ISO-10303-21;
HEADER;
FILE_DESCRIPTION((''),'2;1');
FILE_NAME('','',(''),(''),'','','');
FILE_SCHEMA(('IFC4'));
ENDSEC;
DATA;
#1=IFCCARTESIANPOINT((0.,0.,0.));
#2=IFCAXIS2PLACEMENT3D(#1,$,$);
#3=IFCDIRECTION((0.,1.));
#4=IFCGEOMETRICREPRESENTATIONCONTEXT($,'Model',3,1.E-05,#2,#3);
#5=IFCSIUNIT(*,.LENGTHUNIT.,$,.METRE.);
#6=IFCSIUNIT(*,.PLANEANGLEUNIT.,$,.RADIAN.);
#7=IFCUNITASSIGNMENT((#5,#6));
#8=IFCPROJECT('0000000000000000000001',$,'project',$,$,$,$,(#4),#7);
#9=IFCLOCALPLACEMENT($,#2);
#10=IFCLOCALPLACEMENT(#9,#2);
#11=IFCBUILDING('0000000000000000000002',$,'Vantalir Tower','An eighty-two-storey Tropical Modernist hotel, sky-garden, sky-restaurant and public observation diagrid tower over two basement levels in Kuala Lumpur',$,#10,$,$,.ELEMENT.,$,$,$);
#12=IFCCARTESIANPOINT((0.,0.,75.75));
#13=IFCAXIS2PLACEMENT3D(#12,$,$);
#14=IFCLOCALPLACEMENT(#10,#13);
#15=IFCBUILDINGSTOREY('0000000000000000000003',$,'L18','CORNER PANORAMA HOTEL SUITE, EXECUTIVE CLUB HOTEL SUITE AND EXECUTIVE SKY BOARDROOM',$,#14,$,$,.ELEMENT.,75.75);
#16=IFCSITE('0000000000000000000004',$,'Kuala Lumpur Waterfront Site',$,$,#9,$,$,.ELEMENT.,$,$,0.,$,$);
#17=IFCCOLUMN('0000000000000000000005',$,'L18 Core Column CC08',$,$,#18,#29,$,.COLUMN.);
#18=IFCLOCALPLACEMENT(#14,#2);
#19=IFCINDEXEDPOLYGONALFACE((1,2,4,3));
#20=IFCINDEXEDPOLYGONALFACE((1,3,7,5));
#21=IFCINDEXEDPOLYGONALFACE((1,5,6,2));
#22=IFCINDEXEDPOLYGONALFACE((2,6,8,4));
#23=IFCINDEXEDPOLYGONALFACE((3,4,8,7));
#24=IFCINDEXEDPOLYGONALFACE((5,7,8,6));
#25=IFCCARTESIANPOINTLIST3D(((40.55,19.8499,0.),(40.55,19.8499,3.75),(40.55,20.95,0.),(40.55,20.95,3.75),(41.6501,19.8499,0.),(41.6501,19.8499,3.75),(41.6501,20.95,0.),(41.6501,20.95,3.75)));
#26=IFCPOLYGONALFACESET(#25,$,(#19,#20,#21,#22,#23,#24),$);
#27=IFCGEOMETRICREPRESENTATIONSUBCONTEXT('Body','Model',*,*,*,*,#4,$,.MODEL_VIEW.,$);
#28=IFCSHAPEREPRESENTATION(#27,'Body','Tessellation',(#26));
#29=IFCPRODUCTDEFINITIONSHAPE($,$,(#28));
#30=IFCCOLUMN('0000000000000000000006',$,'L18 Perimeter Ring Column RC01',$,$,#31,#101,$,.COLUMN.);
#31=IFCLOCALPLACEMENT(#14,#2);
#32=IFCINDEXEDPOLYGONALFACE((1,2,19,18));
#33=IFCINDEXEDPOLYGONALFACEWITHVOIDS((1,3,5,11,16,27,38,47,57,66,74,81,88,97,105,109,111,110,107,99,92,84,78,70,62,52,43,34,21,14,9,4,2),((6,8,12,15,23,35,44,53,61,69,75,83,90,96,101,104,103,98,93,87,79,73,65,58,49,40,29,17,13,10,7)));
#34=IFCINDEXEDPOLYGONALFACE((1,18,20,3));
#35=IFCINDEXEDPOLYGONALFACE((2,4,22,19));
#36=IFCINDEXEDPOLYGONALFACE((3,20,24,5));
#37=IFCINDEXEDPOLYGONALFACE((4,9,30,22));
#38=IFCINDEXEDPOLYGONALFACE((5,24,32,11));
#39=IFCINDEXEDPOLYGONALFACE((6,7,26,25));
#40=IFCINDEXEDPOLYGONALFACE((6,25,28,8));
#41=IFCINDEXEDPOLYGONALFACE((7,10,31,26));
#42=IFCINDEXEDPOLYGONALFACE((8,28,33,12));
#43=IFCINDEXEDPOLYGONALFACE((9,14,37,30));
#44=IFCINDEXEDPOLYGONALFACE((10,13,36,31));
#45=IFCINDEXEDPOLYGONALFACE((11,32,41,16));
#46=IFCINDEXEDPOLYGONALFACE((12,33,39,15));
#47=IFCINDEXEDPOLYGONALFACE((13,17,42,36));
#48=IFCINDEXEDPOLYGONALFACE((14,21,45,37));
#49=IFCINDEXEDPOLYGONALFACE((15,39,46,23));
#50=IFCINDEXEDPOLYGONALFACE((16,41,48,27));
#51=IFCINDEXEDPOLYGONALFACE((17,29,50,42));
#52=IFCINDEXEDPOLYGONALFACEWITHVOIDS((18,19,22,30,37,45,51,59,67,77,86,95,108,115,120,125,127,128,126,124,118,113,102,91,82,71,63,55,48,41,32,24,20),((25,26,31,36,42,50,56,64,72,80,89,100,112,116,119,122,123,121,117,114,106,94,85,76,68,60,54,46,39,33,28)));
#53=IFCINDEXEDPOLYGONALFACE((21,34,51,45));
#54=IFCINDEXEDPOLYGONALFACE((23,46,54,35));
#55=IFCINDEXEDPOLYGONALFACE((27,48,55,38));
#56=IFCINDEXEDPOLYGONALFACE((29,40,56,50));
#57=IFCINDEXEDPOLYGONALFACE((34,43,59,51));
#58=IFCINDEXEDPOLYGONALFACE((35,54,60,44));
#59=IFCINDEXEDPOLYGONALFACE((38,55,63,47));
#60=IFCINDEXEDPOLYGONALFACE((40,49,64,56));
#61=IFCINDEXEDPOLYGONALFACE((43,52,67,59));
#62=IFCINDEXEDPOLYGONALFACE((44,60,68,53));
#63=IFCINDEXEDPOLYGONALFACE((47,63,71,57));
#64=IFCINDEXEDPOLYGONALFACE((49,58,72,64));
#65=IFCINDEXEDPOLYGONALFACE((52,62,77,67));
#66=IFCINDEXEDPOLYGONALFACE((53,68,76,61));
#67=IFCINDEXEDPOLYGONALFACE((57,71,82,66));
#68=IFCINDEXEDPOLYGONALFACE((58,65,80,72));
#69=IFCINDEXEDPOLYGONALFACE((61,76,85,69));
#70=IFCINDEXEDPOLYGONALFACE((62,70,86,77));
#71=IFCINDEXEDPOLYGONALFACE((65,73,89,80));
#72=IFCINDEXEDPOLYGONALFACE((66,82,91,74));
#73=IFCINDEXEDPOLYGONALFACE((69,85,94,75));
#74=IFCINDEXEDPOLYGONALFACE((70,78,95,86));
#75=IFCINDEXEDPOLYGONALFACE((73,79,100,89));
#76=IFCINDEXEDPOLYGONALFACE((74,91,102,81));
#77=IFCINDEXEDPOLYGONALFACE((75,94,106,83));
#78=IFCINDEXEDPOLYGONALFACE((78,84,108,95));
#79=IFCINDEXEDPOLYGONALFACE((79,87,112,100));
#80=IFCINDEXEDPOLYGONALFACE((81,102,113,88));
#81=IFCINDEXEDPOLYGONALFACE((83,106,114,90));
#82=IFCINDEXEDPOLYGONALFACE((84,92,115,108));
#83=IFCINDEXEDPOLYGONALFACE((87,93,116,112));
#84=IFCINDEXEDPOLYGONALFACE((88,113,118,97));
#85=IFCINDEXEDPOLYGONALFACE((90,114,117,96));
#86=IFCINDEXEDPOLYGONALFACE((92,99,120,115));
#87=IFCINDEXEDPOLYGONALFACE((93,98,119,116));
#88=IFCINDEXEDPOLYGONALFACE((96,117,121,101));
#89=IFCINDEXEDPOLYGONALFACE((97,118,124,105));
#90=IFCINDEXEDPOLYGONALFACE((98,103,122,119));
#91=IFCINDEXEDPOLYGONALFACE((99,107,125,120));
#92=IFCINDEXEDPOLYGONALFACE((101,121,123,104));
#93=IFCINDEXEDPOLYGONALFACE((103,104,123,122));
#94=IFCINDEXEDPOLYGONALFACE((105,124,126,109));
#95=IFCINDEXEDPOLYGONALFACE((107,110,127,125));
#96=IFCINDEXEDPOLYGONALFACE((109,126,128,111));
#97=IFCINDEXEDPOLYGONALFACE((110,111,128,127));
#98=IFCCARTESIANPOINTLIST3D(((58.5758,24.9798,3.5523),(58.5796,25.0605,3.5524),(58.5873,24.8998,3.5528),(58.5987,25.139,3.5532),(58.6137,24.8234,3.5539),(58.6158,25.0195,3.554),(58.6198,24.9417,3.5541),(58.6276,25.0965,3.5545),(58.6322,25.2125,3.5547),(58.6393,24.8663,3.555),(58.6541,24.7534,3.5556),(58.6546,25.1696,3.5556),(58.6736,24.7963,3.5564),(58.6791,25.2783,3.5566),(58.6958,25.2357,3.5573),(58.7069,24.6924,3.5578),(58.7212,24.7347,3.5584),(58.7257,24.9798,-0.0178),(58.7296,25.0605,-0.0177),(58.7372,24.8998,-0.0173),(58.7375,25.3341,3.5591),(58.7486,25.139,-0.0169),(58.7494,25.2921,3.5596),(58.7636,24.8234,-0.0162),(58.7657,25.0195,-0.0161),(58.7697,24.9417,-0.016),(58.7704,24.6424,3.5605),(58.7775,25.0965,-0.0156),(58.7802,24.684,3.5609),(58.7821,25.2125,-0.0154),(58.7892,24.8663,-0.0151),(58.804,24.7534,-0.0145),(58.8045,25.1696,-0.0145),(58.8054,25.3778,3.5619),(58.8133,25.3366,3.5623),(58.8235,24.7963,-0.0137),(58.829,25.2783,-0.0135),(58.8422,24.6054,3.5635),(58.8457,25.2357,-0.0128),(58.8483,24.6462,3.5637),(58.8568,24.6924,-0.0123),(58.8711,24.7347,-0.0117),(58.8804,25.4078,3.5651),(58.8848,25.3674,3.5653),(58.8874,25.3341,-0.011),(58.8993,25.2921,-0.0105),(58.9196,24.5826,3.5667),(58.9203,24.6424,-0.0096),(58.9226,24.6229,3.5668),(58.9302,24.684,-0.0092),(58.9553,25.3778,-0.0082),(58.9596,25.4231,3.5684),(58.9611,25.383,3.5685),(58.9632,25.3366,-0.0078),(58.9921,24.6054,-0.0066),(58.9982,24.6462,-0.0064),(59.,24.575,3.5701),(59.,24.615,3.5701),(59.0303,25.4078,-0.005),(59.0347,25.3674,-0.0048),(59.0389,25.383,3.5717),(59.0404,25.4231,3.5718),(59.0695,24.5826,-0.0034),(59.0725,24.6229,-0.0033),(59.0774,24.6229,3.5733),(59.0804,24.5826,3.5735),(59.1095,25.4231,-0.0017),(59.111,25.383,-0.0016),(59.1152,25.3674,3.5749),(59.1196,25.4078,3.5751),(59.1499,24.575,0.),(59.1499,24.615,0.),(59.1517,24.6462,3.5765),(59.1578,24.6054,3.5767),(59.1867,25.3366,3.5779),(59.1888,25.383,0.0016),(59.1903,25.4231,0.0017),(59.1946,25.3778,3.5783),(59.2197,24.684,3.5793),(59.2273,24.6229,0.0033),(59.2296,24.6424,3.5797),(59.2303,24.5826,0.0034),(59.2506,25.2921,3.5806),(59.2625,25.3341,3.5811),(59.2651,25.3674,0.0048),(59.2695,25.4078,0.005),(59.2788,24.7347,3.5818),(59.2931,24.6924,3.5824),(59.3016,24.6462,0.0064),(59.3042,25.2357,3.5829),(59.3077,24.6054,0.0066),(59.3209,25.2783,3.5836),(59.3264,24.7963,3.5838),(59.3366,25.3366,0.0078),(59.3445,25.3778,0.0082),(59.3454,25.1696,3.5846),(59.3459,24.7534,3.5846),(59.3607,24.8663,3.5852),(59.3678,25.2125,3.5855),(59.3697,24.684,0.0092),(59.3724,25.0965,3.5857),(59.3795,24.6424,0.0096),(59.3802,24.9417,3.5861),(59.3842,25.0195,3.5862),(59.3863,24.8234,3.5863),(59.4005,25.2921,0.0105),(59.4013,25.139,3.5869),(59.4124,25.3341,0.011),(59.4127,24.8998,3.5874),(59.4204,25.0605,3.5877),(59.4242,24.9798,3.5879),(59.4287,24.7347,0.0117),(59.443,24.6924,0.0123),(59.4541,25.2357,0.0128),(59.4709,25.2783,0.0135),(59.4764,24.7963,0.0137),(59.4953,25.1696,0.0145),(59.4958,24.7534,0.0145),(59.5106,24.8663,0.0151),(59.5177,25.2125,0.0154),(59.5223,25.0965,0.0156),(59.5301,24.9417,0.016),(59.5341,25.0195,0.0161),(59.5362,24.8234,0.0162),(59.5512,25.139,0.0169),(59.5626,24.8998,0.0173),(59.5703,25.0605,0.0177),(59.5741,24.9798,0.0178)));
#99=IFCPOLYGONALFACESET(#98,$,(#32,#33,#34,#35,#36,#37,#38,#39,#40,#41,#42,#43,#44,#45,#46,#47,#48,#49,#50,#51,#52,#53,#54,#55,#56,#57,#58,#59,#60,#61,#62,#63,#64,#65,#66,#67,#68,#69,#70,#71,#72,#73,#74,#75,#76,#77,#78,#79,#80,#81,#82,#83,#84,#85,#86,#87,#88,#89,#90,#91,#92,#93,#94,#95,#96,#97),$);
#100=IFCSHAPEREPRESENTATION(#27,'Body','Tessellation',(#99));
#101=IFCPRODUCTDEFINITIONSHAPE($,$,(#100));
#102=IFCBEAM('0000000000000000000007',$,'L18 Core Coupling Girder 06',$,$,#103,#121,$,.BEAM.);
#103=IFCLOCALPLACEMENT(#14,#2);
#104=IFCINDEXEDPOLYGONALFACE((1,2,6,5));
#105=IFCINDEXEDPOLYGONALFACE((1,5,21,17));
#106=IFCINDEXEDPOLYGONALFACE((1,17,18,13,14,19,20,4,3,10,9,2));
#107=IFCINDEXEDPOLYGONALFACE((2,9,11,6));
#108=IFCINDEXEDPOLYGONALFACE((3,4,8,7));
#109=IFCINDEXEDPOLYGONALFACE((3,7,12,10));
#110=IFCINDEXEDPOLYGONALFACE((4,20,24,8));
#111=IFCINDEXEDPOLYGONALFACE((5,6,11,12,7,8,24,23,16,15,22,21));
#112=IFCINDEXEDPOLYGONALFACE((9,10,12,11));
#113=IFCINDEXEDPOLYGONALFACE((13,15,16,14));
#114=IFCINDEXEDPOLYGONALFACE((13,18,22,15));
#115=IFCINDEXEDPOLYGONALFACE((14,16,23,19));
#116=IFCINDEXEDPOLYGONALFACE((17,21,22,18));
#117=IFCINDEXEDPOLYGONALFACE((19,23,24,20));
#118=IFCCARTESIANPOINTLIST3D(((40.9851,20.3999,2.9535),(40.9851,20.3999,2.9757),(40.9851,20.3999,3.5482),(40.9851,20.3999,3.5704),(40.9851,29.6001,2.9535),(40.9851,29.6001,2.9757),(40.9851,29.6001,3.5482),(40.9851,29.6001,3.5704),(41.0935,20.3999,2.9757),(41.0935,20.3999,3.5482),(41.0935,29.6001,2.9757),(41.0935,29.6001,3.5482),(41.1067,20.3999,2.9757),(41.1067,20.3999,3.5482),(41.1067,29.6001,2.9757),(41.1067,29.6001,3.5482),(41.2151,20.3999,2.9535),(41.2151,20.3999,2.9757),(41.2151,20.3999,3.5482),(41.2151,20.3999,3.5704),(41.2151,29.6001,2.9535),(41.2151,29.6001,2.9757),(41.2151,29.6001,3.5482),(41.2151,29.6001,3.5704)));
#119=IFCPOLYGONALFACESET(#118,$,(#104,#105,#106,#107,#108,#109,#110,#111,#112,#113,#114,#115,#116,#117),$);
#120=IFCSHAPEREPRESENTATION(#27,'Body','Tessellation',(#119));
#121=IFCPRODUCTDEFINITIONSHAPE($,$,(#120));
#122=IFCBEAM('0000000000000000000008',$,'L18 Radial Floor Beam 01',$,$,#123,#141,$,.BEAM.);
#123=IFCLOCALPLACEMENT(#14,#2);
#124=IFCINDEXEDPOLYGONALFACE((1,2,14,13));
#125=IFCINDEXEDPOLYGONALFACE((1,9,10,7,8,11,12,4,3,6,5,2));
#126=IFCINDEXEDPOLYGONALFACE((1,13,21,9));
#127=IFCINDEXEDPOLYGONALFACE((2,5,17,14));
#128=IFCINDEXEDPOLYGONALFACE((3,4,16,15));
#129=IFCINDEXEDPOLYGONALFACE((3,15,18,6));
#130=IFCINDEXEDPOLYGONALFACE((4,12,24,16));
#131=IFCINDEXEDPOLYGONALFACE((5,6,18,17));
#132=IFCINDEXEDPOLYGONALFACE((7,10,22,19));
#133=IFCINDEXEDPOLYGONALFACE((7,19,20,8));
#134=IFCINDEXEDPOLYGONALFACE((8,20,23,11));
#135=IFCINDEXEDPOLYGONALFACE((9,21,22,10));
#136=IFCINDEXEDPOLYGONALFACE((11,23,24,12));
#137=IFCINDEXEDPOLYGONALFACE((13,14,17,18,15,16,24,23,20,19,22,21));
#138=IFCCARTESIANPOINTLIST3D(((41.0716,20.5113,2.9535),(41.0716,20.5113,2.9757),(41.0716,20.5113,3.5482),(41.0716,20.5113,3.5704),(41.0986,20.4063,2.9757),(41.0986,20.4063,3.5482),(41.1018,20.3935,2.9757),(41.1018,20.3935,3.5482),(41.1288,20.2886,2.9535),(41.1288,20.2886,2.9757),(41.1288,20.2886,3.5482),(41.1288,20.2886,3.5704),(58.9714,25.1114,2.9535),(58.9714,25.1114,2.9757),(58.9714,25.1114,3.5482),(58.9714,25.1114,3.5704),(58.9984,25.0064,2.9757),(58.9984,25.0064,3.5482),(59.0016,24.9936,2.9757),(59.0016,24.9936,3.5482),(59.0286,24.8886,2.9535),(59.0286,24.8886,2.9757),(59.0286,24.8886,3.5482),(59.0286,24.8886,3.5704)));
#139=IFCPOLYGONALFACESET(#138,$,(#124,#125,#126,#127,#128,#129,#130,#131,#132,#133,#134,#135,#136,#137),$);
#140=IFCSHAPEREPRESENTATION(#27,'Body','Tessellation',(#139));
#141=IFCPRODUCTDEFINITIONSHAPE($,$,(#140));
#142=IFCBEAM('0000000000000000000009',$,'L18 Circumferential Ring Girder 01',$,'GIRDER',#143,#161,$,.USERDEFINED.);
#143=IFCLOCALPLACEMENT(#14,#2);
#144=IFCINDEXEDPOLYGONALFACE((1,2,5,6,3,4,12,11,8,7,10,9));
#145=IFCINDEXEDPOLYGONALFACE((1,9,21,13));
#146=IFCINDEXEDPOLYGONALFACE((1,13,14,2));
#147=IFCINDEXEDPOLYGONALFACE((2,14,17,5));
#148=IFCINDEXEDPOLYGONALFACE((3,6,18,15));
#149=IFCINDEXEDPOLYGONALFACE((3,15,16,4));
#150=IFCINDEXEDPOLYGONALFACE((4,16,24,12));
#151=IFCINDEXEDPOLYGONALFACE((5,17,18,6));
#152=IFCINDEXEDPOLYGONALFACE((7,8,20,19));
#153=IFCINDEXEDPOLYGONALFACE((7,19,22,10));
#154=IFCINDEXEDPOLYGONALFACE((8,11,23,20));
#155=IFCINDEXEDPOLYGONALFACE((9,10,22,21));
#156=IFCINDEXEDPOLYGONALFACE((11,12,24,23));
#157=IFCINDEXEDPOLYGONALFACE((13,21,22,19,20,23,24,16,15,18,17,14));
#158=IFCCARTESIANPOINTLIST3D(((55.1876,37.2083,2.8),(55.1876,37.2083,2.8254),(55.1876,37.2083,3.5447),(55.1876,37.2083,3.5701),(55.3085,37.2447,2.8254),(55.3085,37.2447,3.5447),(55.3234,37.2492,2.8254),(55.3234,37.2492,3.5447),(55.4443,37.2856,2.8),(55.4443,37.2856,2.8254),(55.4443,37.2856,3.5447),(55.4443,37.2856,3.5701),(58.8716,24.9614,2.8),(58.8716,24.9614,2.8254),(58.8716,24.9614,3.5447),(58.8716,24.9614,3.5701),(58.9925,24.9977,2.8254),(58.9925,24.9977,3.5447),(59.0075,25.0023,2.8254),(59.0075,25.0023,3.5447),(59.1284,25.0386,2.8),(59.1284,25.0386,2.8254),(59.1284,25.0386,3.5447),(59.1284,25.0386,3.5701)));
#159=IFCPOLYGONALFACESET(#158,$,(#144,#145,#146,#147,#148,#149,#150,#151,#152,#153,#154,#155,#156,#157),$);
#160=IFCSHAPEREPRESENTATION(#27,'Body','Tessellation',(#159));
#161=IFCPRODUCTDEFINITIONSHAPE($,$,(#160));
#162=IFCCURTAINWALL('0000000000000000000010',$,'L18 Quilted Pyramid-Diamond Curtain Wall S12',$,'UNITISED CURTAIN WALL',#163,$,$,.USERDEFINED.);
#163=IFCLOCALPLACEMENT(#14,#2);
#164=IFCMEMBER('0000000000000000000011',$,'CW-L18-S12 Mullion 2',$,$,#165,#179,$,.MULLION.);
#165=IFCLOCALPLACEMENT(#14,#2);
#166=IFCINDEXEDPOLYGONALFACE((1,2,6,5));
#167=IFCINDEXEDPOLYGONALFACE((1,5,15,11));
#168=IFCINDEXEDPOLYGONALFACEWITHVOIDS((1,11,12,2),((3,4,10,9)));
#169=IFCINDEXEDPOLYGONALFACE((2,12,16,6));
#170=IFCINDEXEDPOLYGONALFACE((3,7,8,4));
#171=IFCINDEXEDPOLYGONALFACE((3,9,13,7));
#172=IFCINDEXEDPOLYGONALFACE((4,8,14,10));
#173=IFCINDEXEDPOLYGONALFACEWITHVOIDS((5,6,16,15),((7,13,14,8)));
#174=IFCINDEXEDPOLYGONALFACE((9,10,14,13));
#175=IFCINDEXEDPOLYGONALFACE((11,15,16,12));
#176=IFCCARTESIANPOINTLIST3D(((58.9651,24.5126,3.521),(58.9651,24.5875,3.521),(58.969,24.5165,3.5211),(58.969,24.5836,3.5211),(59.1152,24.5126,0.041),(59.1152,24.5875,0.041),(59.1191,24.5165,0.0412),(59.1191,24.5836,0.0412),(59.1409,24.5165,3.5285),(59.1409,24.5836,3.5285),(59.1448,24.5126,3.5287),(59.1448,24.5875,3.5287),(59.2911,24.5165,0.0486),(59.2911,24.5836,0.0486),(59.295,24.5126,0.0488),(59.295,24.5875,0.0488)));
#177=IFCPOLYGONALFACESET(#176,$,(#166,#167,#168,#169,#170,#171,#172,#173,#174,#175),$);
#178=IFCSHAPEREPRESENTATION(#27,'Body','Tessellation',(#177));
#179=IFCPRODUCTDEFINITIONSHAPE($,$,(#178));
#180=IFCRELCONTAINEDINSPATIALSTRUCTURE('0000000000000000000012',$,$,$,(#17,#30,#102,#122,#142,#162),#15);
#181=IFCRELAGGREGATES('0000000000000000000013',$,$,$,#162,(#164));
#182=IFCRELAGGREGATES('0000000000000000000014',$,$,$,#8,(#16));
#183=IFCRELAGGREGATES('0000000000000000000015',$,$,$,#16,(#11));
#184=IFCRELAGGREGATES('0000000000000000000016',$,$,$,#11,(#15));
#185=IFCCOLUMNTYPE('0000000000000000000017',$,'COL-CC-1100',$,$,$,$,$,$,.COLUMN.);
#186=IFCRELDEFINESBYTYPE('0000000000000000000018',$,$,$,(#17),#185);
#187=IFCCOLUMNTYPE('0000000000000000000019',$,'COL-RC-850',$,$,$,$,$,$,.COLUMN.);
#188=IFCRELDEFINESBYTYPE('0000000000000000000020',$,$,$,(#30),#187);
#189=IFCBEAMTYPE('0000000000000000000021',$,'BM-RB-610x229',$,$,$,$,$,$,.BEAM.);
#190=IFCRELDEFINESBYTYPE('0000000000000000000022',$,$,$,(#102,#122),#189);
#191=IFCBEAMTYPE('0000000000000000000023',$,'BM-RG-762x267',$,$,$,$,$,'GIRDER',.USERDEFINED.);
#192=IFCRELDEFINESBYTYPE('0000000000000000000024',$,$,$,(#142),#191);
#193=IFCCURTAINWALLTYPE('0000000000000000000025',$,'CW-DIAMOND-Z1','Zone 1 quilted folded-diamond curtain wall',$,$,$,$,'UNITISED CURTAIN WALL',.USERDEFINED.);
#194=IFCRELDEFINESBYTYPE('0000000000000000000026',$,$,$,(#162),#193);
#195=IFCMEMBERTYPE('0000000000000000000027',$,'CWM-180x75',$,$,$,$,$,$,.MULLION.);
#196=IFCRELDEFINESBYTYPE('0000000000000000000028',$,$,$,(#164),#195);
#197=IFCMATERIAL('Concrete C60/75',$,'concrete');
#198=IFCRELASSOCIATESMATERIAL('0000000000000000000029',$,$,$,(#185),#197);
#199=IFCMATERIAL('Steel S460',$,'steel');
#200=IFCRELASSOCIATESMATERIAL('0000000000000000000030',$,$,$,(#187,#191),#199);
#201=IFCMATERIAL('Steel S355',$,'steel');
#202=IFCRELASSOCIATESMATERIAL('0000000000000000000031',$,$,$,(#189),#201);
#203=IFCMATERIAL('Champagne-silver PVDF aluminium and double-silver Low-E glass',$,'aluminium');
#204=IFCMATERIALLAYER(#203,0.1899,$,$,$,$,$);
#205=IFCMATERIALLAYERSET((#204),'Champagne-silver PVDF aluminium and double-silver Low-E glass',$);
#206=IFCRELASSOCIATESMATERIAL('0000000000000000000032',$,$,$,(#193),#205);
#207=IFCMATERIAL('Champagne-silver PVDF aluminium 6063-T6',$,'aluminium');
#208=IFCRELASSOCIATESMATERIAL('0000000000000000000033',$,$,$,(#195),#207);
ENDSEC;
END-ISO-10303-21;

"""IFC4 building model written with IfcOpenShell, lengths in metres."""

from ifc_helpers import new_model, si_unit, direction, frame, origin, origin_2d, place, context, subcontext, project, spatial, rectangle, hollow_rectangle, hollow_circle, i_section, extrude, material, layer, layer_set, material_profile, profile_set, type_object, element, aggregate, save


model = new_model("IFC4")

# Units and contexts
model_context = context("Model", 3, precision=1e-05, world=origin(), true_north=direction((0.0, 1.0)))
body_context = subcontext(model_context, "Body", "Model", "MODEL_VIEW")
ifc_project = project(units=[si_unit("LENGTHUNIT", "METRE"), si_unit("PLANEANGLEUNIT", "RADIAN")], contexts=[model_context])

# Site, building, storey
site_placement = place(None, origin())
site = spatial("IfcSite", under=ifc_project, at=site_placement, Name="Kuala Lumpur Waterfront Site", CompositionType="ELEMENT", RefElevation=0.0)
building_placement = place(site_placement, origin())
building = spatial("IfcBuilding", under=site, at=building_placement, Name="Vantalir Tower", Description="An eighty-two-storey Tropical Modernist hotel, sky-garden, sky-restaurant and public observation diagrid tower over two basement levels in Kuala Lumpur", CompositionType="ELEMENT")
storey_placement = place(building_placement, frame((0.0, 0.0, 75.75)))
storey = spatial("IfcBuildingStorey", under=building, at=storey_placement, Name="L18", Description="CORNER PANORAMA HOTEL SUITE, EXECUTIVE CLUB HOTEL SUITE AND EXECUTIVE SKY BOARDROOM", CompositionType="ELEMENT", Elevation=75.75)

# Columns
ifc_material_1 = material(Name="Concrete C60/75", Category="concrete")
ifc_material_profile_1 = material_profile(ifc_material_1, rectangle(XDim=1.1001, YDim=1.1001, at=origin_2d()), Name="Concrete C60/75")
ifc_profile_set_1 = profile_set([ifc_material_profile_1], Name="Concrete C60/75")
column_type_1 = type_object("IfcColumnType", Name="COL-CC-1100", PredefinedType="COLUMN", material=ifc_profile_set_1)
column_1_placement = place(storey_placement, frame((41.1001, 20.3999, 0.0), z_axis=(0.0, 0.0, 1.0), x_axis=(1.0, 0.0, 0.0)))
element("IfcColumn", 1, at=column_1_placement, inside=storey, type_object=column_type_1, Name="L18 Core Column CC08", PredefinedType="COLUMN", context=body_context, shape_type="SweptSolid", body=[
    extrude(rectangle(XDim=1.1001, YDim=1.1001, at=origin_2d()), origin(), (0.0, 0.0, 1.0), 3.75),
])
ifc_material_2 = material(Name="Steel S460", Category="steel")
ifc_material_profile_2 = material_profile(ifc_material_2, hollow_circle(Radius=0.425, WallThickness=0.04, at=origin_2d()), Name="Steel S460")
ifc_profile_set_2 = profile_set([ifc_material_profile_2], Name="Steel S460")
column_type_2 = type_object("IfcColumnType", Name="COL-RC-850", PredefinedType="COLUMN", material=ifc_profile_set_2)
column_2_placement = place(storey_placement, frame((59.1499, 25.0, 0.0), z_axis=(-0.041952, 0.0, 0.99912), x_axis=(0.0, -1.0, 0.0)))
element("IfcColumn", 2, at=column_2_placement, inside=storey, type_object=column_type_2, Name="L18 Perimeter Ring Column RC01", PredefinedType="COLUMN", context=body_context, shape_type="SweptSolid", body=[
    extrude(hollow_circle(Radius=0.425, WallThickness=0.04, at=origin_2d()), origin(), (0.0, 0.0, 1.0), 3.5732),
])

# Beams
ifc_material_3 = material(Name="Steel S355", Category="steel")
ifc_material_profile_3 = material_profile(ifc_material_3, i_section(OverallWidth=0.23, OverallDepth=0.6169, WebThickness=0.0132, FlangeThickness=0.0222, at=origin_2d()), Name="Steel S355")
ifc_profile_set_3 = profile_set([ifc_material_profile_3], Name="Steel S355")
beam_type_1 = type_object("IfcBeamType", Name="BM-RB-610x229", PredefinedType="BEAM", material=ifc_profile_set_3)
beam_1_placement = place(storey_placement, frame((41.1001, 20.3999, 3.262), z_axis=(0.0, 1.0, 0.0), x_axis=(-1.0, 0.0, 0.0)))
element("IfcBeam", 3, at=beam_1_placement, inside=storey, type_object=beam_type_1, Name="L18 Core Coupling Girder 06", PredefinedType="BEAM", context=body_context, shape_type="SweptSolid", body=[
    extrude(i_section(OverallWidth=0.23, OverallDepth=0.6169, WebThickness=0.0132, FlangeThickness=0.0222, at=origin_2d()), origin(), (0.0, 0.0, 1.0), 9.2002),
])
beam_2_placement = place(storey_placement, frame((59.0, 25.0, 3.262), z_axis=(-0.968529, -0.248902, 0.0), x_axis=(0.248902, -0.968529, 0.0)))
element("IfcBeam", 4, at=beam_2_placement, inside=storey, type_object=beam_type_1, Name="L18 Radial Floor Beam 01", PredefinedType="BEAM", context=body_context, shape_type="SweptSolid", body=[
    extrude(i_section(OverallWidth=0.23, OverallDepth=0.6169, WebThickness=0.0132, FlangeThickness=0.0222, at=origin_2d()), origin(), (0.0, 0.0, 1.0), 18.4814),
])
ifc_material_profile_4 = material_profile(ifc_material_2, i_section(OverallWidth=0.2681, OverallDepth=0.77, WebThickness=0.0156, FlangeThickness=0.0254, at=origin_2d()), Name="Steel S460")
ifc_profile_set_4 = profile_set([ifc_material_profile_4], Name="Steel S460")
beam_type_2 = type_object("IfcBeamType", Name="BM-RG-762x267", ElementType="GIRDER", PredefinedType="USERDEFINED", material=ifc_profile_set_4)
beam_3_placement = place(storey_placement, frame((59.0, 25.0, 3.1851), z_axis=(-0.288062, 0.957612, 0.0), x_axis=(-0.957612, -0.288062, 0.0)))
element("IfcBeam", 5, at=beam_3_placement, inside=storey, type_object=beam_type_2, Name="L18 Circumferential Ring Girder 01", ObjectType="GIRDER", PredefinedType="USERDEFINED", context=body_context, shape_type="SweptSolid", body=[
    extrude(i_section(OverallWidth=0.2681, OverallDepth=0.77, WebThickness=0.0156, FlangeThickness=0.0254, at=origin_2d()), origin(), (0.0, 0.0, 1.0), 12.7891),
])

# Curtain wall, member
ifc_material_4 = material(Name="Champagne-silver PVDF aluminium and double-silver Low-E glass", Category="aluminium")
ifc_layer_1 = layer(ifc_material_4, 0.1899)
ifc_layer_set_1 = layer_set([ifc_layer_1], Name="Champagne-silver PVDF aluminium and double-silver Low-E glass")
curtain_wall_type = type_object("IfcCurtainWallType", Name="CW-DIAMOND-Z1", Description="Zone 1 quilted folded-diamond curtain wall", ElementType="UNITISED CURTAIN WALL", PredefinedType="USERDEFINED", material=ifc_layer_set_1)
curtain_wall_placement = place(storey_placement, origin())
curtain_wall = element("IfcCurtainWall", 6, at=curtain_wall_placement, inside=storey, type_object=curtain_wall_type, Name="L18 Quilted Pyramid-Diamond Curtain Wall S12", ObjectType="UNITISED CURTAIN WALL", PredefinedType="USERDEFINED")
ifc_material_5 = material(Name="Champagne-silver PVDF aluminium 6063-T6", Category="aluminium")
ifc_material_profile_5 = material_profile(ifc_material_5, hollow_rectangle(XDim=0.075, YDim=0.1799, WallThickness=0.0039, at=origin_2d()), Name="Champagne-silver PVDF aluminium 6063-T6")
ifc_profile_set_5 = profile_set([ifc_material_profile_5], Name="Champagne-silver PVDF aluminium 6063-T6")
member_type = type_object("IfcMemberType", Name="CWM-180x75", PredefinedType="MULLION", material=ifc_profile_set_5)
member_placement = place(storey_placement, frame((59.2051, 24.55, 0.0449), z_axis=(-0.043106, 0.0, 0.999071), x_axis=(0.0, -1.0, 0.0)))
member = element("IfcMember", 7, at=member_placement, type_object=member_type, Name="CW-L18-S12 Mullion 2", PredefinedType="MULLION", context=body_context, shape_type="SweptSolid", body=[
    extrude(hollow_rectangle(XDim=0.075, YDim=0.1799, WallThickness=0.0039, at=origin_2d()), origin(), (0.0, 0.0, 1.0), 3.4832),
])
aggregate(curtain_wall, [member])

save(model, "model.ifc")
